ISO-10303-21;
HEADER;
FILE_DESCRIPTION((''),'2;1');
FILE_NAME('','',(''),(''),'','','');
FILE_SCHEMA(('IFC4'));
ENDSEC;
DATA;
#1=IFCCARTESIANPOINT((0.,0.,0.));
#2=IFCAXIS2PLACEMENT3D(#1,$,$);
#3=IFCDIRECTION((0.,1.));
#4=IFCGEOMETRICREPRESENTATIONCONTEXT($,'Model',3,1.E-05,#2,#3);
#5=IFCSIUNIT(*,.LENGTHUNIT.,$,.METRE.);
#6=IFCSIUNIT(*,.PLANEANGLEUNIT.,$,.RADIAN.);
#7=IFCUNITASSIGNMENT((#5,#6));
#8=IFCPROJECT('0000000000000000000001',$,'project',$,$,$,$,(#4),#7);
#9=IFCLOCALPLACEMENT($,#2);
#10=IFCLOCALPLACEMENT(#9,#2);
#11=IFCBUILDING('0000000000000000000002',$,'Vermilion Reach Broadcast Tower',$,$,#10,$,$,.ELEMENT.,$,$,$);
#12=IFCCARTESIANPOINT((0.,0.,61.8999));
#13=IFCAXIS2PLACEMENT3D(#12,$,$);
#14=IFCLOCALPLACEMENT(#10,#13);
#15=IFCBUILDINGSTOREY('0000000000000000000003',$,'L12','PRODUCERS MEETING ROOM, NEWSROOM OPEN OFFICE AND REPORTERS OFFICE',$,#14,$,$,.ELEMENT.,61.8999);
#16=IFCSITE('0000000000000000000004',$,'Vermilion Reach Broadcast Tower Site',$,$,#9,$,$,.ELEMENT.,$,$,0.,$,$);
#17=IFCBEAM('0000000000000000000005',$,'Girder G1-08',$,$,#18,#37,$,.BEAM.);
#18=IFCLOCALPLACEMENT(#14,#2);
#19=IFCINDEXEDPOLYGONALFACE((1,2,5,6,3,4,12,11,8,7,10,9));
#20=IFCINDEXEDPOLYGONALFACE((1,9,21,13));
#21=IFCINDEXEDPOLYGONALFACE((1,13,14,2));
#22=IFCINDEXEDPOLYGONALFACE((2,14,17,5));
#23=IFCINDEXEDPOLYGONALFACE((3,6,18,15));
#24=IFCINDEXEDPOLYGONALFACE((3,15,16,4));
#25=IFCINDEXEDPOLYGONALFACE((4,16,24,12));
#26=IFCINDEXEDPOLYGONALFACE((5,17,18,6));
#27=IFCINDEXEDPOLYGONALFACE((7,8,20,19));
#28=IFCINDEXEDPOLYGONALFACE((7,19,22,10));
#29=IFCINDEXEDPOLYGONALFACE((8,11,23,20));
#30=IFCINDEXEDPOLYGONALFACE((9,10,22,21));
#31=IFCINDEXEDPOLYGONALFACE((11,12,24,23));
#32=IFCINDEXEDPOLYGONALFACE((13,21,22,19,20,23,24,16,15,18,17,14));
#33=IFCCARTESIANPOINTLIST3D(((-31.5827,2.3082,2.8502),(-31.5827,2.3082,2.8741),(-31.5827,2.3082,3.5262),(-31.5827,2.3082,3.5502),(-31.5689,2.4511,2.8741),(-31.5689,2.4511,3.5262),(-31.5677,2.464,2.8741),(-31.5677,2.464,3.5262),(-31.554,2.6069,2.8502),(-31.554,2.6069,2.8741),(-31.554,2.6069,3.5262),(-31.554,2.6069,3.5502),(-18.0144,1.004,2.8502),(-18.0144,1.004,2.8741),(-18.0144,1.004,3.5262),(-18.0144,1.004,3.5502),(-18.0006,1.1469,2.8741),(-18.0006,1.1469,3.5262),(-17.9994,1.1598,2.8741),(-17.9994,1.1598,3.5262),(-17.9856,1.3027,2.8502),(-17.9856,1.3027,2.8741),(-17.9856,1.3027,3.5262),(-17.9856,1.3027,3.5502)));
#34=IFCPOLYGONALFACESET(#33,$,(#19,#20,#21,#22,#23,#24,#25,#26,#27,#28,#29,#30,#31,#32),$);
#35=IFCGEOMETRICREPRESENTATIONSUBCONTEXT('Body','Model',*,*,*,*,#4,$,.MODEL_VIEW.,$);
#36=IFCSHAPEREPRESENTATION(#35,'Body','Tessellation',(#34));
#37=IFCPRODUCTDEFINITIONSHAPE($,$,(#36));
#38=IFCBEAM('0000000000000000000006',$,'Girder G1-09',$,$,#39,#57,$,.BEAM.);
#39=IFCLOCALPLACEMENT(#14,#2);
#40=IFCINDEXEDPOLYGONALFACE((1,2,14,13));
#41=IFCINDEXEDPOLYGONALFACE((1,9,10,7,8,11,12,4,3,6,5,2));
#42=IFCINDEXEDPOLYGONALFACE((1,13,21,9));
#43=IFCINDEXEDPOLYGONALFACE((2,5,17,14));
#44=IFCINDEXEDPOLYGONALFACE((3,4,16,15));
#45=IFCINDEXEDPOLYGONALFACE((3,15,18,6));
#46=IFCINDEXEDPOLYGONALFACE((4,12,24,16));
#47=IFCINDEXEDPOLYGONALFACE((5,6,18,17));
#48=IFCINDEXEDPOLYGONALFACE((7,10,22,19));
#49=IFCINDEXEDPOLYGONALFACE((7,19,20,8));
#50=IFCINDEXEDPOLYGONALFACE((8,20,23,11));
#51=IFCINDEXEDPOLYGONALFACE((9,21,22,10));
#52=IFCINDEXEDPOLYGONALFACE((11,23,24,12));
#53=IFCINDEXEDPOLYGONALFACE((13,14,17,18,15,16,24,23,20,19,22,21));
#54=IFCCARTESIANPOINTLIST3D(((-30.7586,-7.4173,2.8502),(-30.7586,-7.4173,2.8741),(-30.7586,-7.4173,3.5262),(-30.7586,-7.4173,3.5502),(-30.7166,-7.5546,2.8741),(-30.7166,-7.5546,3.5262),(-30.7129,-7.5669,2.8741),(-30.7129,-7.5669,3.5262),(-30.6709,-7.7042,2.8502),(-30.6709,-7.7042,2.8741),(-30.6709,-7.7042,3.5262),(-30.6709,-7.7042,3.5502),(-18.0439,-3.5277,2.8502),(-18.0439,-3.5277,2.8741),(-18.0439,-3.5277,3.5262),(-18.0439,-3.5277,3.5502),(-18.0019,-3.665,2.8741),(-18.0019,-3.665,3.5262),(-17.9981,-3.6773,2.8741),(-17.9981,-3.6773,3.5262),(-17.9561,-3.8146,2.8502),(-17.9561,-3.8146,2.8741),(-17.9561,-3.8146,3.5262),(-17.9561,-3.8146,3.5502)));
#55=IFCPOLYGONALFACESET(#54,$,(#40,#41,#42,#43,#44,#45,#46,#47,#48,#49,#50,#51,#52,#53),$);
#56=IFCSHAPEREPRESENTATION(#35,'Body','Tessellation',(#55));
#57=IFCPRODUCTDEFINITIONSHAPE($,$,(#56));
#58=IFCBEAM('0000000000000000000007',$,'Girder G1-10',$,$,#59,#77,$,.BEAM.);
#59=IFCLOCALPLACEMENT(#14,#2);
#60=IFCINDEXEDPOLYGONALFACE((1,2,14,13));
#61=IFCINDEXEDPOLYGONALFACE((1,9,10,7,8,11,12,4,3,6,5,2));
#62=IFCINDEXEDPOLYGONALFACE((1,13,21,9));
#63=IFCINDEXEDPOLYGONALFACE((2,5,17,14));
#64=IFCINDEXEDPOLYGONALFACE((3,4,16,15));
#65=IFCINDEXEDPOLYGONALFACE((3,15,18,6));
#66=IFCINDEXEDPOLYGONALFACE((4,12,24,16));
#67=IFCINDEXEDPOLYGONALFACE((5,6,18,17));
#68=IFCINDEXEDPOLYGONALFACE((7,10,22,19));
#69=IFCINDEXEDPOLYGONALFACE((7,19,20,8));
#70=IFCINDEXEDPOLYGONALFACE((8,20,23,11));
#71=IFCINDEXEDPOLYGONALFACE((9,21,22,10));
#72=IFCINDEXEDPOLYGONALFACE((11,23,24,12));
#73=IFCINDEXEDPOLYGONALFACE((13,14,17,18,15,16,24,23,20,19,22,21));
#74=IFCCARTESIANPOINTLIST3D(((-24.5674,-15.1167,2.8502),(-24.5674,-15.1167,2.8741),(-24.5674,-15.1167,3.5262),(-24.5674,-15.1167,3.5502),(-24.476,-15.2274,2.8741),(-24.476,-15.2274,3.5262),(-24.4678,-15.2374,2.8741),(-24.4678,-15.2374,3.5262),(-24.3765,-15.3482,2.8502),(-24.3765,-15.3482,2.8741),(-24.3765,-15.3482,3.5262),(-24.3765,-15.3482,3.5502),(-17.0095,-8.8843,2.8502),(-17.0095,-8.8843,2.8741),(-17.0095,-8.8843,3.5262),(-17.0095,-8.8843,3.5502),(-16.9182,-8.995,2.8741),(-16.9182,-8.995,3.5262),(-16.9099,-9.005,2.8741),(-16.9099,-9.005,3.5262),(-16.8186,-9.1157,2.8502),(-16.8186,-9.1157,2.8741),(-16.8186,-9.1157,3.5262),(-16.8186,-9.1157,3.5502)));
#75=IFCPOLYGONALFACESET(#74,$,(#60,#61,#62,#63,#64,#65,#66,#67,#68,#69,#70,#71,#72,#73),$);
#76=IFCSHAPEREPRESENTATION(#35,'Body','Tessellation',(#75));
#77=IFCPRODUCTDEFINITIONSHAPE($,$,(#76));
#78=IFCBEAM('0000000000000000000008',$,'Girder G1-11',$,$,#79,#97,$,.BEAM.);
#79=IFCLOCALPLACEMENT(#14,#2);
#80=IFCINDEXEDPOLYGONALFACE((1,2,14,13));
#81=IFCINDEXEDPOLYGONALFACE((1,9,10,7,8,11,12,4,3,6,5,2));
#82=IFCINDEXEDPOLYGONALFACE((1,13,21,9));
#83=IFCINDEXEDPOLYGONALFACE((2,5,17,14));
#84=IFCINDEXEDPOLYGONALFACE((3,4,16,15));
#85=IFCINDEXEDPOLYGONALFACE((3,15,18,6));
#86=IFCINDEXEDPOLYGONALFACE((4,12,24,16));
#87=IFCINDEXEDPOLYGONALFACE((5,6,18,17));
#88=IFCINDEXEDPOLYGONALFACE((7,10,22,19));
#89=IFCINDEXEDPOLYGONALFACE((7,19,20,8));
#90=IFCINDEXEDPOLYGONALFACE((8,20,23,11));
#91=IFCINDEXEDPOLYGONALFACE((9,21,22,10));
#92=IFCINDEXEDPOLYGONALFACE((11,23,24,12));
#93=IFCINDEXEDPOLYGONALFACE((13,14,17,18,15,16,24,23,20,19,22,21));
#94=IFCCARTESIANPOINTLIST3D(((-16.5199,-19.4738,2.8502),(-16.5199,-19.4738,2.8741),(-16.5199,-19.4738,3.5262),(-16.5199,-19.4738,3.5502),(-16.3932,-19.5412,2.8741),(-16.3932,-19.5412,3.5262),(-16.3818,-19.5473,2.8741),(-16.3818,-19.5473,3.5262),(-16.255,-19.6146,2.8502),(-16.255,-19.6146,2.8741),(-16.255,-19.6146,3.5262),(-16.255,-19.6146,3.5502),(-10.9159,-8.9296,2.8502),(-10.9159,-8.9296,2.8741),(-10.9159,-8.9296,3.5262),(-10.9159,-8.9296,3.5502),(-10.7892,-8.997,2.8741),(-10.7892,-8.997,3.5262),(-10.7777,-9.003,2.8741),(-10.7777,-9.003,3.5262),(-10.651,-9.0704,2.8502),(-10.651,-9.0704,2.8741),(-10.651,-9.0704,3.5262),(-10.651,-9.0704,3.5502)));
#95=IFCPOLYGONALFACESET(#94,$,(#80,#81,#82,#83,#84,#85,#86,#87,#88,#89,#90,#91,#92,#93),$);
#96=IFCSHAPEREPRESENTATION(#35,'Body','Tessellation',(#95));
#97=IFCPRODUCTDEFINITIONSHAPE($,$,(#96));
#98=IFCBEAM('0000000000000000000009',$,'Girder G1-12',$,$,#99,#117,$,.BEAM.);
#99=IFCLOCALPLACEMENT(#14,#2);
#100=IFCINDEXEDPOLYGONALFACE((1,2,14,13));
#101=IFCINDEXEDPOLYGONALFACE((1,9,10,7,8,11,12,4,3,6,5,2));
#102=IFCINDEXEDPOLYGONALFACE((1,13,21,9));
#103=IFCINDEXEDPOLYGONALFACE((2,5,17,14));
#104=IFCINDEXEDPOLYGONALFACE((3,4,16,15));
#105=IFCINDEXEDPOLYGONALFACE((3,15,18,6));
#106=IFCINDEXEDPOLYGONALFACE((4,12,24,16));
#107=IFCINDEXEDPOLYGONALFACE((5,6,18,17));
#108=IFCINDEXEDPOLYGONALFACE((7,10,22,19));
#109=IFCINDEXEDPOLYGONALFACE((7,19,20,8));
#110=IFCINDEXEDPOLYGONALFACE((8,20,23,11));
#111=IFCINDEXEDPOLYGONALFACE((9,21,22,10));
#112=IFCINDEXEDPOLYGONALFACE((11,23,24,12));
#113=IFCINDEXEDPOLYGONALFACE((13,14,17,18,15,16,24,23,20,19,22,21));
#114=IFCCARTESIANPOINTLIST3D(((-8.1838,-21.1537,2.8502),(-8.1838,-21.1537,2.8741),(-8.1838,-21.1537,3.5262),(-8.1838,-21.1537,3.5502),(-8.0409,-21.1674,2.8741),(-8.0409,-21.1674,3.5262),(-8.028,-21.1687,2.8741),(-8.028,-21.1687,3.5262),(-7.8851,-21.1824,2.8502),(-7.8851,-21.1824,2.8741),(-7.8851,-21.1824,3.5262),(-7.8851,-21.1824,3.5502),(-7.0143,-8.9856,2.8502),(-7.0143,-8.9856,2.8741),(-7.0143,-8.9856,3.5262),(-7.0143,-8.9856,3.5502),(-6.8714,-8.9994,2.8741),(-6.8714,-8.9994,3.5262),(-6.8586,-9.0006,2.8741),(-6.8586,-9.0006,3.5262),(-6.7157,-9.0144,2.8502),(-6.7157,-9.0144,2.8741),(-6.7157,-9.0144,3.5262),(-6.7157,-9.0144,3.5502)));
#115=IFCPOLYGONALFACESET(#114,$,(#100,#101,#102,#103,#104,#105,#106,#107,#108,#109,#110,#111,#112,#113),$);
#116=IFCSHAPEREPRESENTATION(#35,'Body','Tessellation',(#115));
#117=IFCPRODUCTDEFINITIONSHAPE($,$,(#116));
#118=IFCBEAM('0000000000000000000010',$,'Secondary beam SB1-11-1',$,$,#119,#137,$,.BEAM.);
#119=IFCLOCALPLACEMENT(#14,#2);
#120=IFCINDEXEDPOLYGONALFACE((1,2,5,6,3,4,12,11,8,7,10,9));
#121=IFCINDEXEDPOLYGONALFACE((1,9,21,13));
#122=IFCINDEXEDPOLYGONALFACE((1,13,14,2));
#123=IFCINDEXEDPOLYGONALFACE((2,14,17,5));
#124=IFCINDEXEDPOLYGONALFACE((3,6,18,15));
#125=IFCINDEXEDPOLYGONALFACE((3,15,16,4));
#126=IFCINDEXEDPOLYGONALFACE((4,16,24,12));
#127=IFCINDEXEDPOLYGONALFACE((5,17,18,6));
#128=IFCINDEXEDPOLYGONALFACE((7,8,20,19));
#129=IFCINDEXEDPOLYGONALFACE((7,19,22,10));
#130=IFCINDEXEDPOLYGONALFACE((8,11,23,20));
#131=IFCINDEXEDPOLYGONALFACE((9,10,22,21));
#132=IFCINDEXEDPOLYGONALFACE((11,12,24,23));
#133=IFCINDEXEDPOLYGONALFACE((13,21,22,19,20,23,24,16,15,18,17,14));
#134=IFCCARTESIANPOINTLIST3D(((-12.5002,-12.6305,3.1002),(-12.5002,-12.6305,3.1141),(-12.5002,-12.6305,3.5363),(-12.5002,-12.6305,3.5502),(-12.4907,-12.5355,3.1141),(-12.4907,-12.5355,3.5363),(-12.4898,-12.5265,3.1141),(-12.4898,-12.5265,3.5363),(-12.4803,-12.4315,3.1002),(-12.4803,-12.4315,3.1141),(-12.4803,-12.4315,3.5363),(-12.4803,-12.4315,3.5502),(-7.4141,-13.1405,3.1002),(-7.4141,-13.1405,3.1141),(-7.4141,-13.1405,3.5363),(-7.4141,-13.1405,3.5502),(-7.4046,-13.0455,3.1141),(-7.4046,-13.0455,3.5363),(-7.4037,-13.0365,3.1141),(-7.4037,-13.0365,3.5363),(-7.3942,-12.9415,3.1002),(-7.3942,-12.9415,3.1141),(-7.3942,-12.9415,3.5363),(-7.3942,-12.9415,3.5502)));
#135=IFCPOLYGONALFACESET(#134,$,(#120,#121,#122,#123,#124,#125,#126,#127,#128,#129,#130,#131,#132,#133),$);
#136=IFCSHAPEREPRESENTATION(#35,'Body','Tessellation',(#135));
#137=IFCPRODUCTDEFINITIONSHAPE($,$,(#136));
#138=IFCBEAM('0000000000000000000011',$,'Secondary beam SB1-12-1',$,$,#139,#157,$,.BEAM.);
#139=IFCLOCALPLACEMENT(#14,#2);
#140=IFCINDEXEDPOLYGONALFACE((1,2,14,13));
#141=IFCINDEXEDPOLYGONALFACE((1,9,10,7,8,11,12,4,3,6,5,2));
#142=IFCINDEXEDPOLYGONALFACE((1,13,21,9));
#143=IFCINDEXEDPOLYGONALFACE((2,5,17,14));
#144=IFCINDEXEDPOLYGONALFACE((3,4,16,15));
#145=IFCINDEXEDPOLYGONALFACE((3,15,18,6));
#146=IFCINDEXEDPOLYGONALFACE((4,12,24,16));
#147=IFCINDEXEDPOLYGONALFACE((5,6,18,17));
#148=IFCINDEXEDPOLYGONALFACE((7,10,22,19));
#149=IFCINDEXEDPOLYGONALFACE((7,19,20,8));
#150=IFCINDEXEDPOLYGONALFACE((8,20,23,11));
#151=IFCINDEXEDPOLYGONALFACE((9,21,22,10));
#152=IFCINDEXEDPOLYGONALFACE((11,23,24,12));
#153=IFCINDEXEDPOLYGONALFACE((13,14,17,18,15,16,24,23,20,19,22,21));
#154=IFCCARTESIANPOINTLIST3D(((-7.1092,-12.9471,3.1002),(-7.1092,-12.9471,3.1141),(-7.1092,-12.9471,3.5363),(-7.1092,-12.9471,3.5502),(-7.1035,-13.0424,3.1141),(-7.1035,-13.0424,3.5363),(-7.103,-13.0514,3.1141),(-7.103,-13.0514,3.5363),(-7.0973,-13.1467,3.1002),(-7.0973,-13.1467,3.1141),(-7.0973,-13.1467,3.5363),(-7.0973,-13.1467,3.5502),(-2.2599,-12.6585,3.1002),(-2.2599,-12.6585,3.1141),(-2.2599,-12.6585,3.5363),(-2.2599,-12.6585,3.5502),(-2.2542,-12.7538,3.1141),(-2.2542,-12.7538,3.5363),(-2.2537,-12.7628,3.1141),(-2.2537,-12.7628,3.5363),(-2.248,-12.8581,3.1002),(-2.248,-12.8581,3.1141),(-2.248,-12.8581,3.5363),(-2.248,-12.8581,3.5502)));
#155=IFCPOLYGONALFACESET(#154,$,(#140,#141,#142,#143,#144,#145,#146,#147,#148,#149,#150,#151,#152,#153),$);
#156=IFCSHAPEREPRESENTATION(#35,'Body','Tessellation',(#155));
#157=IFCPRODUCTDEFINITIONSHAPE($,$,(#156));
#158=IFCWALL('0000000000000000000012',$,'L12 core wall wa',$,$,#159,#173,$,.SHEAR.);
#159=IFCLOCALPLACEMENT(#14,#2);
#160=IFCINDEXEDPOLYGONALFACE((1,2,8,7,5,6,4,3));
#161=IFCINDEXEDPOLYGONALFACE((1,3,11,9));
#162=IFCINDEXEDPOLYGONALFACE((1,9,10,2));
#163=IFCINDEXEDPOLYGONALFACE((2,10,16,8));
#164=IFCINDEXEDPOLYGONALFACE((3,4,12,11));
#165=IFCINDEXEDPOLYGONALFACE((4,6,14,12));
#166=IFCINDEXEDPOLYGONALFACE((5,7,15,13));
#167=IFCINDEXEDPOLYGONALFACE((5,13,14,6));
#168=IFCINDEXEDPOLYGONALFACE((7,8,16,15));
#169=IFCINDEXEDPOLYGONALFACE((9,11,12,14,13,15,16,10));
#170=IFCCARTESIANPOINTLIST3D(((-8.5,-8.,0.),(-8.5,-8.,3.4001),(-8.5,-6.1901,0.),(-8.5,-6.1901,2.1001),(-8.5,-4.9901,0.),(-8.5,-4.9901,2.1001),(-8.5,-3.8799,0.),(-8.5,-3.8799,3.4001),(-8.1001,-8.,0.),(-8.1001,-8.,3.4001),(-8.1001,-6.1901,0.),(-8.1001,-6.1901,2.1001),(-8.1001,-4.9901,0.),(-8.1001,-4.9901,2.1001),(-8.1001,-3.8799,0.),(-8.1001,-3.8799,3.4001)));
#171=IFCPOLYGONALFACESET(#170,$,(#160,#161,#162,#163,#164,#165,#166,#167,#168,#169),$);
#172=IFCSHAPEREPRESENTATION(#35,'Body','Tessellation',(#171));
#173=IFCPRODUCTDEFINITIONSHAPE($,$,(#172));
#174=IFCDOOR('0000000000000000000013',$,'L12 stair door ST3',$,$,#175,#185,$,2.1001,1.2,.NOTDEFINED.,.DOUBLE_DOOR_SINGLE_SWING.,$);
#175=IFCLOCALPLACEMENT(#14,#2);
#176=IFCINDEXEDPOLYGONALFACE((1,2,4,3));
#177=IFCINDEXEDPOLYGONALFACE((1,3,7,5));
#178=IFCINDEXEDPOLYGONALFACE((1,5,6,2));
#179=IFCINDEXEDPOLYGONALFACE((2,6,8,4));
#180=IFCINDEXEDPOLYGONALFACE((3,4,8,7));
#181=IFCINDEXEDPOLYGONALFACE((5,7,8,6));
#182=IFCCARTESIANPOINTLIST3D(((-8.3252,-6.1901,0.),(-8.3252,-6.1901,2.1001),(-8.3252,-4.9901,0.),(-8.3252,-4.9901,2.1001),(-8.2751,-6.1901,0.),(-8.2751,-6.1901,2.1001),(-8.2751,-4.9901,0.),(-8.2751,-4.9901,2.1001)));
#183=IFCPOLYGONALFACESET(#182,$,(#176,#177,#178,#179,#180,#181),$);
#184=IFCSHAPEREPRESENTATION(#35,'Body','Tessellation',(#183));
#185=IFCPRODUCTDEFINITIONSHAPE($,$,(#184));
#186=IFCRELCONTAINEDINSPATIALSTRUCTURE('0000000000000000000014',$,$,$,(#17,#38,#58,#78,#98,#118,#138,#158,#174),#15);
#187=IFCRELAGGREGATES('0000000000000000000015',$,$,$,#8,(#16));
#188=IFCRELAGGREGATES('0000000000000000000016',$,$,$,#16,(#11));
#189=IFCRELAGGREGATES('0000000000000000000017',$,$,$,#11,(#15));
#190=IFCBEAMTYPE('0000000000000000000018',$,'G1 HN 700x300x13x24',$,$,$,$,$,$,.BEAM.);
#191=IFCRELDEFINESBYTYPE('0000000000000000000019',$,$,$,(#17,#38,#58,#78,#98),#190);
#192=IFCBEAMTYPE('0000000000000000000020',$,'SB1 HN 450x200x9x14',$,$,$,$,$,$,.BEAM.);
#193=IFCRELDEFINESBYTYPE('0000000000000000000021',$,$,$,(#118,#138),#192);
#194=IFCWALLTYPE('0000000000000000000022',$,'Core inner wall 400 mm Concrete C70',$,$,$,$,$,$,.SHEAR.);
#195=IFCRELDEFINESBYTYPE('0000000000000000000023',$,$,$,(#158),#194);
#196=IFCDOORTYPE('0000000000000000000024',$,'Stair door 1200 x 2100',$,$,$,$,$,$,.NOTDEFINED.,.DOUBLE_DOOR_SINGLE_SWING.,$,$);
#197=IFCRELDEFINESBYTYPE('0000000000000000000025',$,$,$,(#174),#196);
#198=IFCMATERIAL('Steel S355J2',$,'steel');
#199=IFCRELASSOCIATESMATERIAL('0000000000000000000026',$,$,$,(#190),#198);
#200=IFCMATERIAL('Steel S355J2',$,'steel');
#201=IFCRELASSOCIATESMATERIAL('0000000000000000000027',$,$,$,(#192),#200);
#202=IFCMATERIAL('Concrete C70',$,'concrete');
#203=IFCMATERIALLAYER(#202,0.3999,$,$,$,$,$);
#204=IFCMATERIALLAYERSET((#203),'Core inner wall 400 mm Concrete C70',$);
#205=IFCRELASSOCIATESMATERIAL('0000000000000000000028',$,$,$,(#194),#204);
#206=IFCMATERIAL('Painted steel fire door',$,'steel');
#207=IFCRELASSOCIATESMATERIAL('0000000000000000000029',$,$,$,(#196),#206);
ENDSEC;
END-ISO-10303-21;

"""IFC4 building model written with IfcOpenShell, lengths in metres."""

from ifc_helpers import new_model, si_unit, direction, frame, frame_2d, origin, origin_2d, place, context, subcontext, project, spatial, rectangle, i_section, extrude, material, layer, layer_set, material_profile, profile_set, type_object, element, fill, save


model = new_model("IFC4")

# Units and contexts
model_context = context("Model", 3, precision=1e-05, world=origin(), true_north=direction((0.0, 1.0)))
body_context = subcontext(model_context, "Body", "Model", "MODEL_VIEW")
ifc_project = project(units=[si_unit("LENGTHUNIT", "METRE"), si_unit("PLANEANGLEUNIT", "RADIAN")], contexts=[model_context])

# Site, building, storey
site_placement = place(None, origin())
site = spatial("IfcSite", under=ifc_project, at=site_placement, Name="Vermilion Reach Broadcast Tower Site", CompositionType="ELEMENT", RefElevation=0.0)
building_placement = place(site_placement, origin())
building = spatial("IfcBuilding", under=site, at=building_placement, Name="Vermilion Reach Broadcast Tower", CompositionType="ELEMENT")
storey_placement = place(building_placement, frame((0.0, 0.0, 61.8999)))
storey = spatial("IfcBuildingStorey", under=building, at=storey_placement, Name="L12", Description="PRODUCERS MEETING ROOM, NEWSROOM OPEN OFFICE AND REPORTERS OFFICE", CompositionType="ELEMENT", Elevation=61.8999)

# Beams
ifc_material_1 = material(Name="Steel S355J2", Category="steel")
ifc_material_profile_1 = material_profile(ifc_material_1, i_section(OverallWidth=0.3, OverallDepth=0.7, WebThickness=0.0129, FlangeThickness=0.0239, at=origin_2d()), Name="S355J2 HN 700x300x13x24")
ifc_profile_set_1 = profile_set([ifc_material_profile_1], Name="Steel S355J2")
beam_type_1 = type_object("IfcBeamType", Name="G1 HN 700x300x13x24", PredefinedType="BEAM", material=ifc_profile_set_1)
beam_1_placement = place(storey_placement, frame((-18.0, 1.1533, 3.2002), z_axis=(-0.995412, 0.09568, 0.0), x_axis=(-0.09568, -0.995412, 0.0)))
element("IfcBeam", 1, at=beam_1_placement, inside=storey, type_object=beam_type_1, Name="Girder G1-08", PredefinedType="BEAM", context=body_context, shape_type="SweptSolid", body=[
    extrude(i_section(OverallWidth=0.3, OverallDepth=0.7, WebThickness=0.0129, FlangeThickness=0.0239, at=origin_2d()), origin(), (0.0, 0.0, 1.0), 13.6309),
])
beam_2_placement = place(storey_placement, frame((-18.0, -3.6711, 3.2002), z_axis=(-0.956256, -0.292532, 0.0), x_axis=(0.292532, -0.956256, 0.0)))
element("IfcBeam", 2, at=beam_2_placement, inside=storey, type_object=beam_type_1, Name="Girder G1-09", PredefinedType="BEAM", context=body_context, shape_type="SweptSolid", body=[
    extrude(i_section(OverallWidth=0.3, OverallDepth=0.7, WebThickness=0.0129, FlangeThickness=0.0239, at=origin_2d()), origin(), (0.0, 0.0, 1.0), 13.2964),
])
beam_3_placement = place(storey_placement, frame((-16.9141, -9.0, 3.2002), z_axis=(-0.771514, -0.636212, 0.0), x_axis=(0.636212, -0.771514, 0.0)))
element("IfcBeam", 3, at=beam_3_placement, inside=storey, type_object=beam_type_1, Name="Girder G1-10", PredefinedType="BEAM", context=body_context, shape_type="SweptSolid", body=[
    extrude(i_section(OverallWidth=0.3, OverallDepth=0.7, WebThickness=0.0129, FlangeThickness=0.0239, at=origin_2d()), origin(), (0.0, 0.0, 1.0), 9.7961),
])
beam_4_placement = place(storey_placement, frame((-10.7834, -9.0, 3.2002), z_axis=(-0.469312, -0.883032, 0.0), x_axis=(0.883032, -0.469312, 0.0)))
element("IfcBeam", 4, at=beam_4_placement, inside=storey, type_object=beam_type_1, Name="Girder G1-11", PredefinedType="BEAM", context=body_context, shape_type="SweptSolid", body=[
    extrude(i_section(OverallWidth=0.3, OverallDepth=0.7, WebThickness=0.0129, FlangeThickness=0.0239, at=origin_2d()), origin(), (0.0, 0.0, 1.0), 11.9409),
])
beam_5_placement = place(storey_placement, frame((-6.865, -9.0, 3.2002), z_axis=(-0.095667, -0.995413, 0.0), x_axis=(0.995413, -0.095667, 0.0)))
element("IfcBeam", 5, at=beam_5_placement, inside=storey, type_object=beam_type_1, Name="Girder G1-12", PredefinedType="BEAM", context=body_context, shape_type="SweptSolid", body=[
    extrude(i_section(OverallWidth=0.3, OverallDepth=0.7, WebThickness=0.0129, FlangeThickness=0.0239, at=origin_2d()), origin(), (0.0, 0.0, 1.0), 12.2241),
])
ifc_material_2 = material(Name="Steel S355J2", Category="steel")
ifc_material_profile_2 = material_profile(ifc_material_2, i_section(OverallWidth=0.2, OverallDepth=0.45, WebThickness=0.009, FlangeThickness=0.0139, at=origin_2d()), Name="S355J2 HN 450x200x9x14")
ifc_profile_set_2 = profile_set([ifc_material_profile_2], Name="Steel S355J2")
beam_type_2 = type_object("IfcBeamType", Name="SB1 HN 450x200x9x14", PredefinedType="BEAM", material=ifc_profile_set_2)
beam_6_placement = place(storey_placement, frame((-12.4902, -12.531, 3.3252), z_axis=(0.99501, -0.099773, 0.0), x_axis=(0.099773, 0.99501, 0.0)))
element("IfcBeam", 6, at=beam_6_placement, inside=storey, type_object=beam_type_2, Name="Secondary beam SB1-11-1", PredefinedType="BEAM", context=body_context, shape_type="SweptSolid", body=[
    extrude(i_section(OverallWidth=0.2, OverallDepth=0.45, WebThickness=0.009, FlangeThickness=0.0139, at=origin_2d()), origin(), (0.0, 0.0, 1.0), 5.1116),
])
beam_7_placement = place(storey_placement, frame((-7.1033, -13.0469, 3.3252), z_axis=(0.998234, 0.059403, 0.0), x_axis=(-0.059403, 0.998234, 0.0)))
element("IfcBeam", 7, at=beam_7_placement, inside=storey, type_object=beam_type_2, Name="Secondary beam SB1-12-1", PredefinedType="BEAM", context=body_context, shape_type="SweptSolid", body=[
    extrude(i_section(OverallWidth=0.2, OverallDepth=0.45, WebThickness=0.009, FlangeThickness=0.0139, at=origin_2d()), origin(), (0.0, 0.0, 1.0), 4.8579),
])

# Wall, opening, door
ifc_material_3 = material(Name="Concrete C70", Category="concrete")
ifc_layer_1 = layer(ifc_material_3, 0.3999)
ifc_layer_set_1 = layer_set([ifc_layer_1], Name="Core inner wall 400 mm Concrete C70")
wall_type_1 = type_object("IfcWallType", Name="Core inner wall 400 mm Concrete C70", PredefinedType="SHEAR", material=ifc_layer_set_1)
wall_1_placement = place(storey_placement, frame((-8.3, -3.8799, 0.0), z_axis=(0.0, 0.0, 1.0), x_axis=(0.0, -1.0, 0.0)))
wall_1 = element("IfcWall", 8, at=wall_1_placement, inside=storey, type_object=wall_type_1, Name="L12 core wall wa", PredefinedType="SHEAR", context=body_context, shape_type="SweptSolid", body=[
    extrude(rectangle(XDim=4.1201, YDim=0.3999, at=frame_2d((2.0601, 0.0))), origin(), (0.0, 0.0, 1.0), 3.4001),
])
opening_1_placement = place(wall_1_placement, frame((1.1101, 0.0, 0.0)))
opening_1 = element("IfcOpeningElement", 9, at=opening_1_placement, cuts=wall_1, PredefinedType="OPENING", context=body_context, shape_type="SweptSolid", body=[
    extrude(rectangle(XDim=1.2, YDim=2.1001, at=frame_2d((0.6001, 1.05))), frame((0.0, 0.21, 0.0), z_axis=(0.0, -1.0, 0.0), x_axis=(1.0, 0.0, 0.0)), (0.0, 0.0, 1.0), 0.4199),
])
ifc_material_4 = material(Name="Painted steel fire door", Category="steel")
door_type_1 = type_object("IfcDoorType", Name="Stair door 1200 x 2100", OperationType="DOUBLE_DOOR_SINGLE_SWING", PredefinedType="NOTDEFINED", material=ifc_material_4)
door_1_placement = place(opening_1_placement, origin())
door_1 = element("IfcDoor", 10, at=door_1_placement, inside=storey, type_object=door_type_1, Name="L12 stair door ST3", OperationType="DOUBLE_DOOR_SINGLE_SWING", OverallHeight=2.1001, OverallWidth=1.2, PredefinedType="NOTDEFINED", context=body_context, shape_type="SweptSolid", body=[
    extrude(rectangle(XDim=1.2, YDim=2.1001, at=frame_2d((0.6001, 1.05))), frame((0.0, 0.0249, 0.0), z_axis=(0.0, -1.0, 0.0), x_axis=(1.0, 0.0, 0.0)), (0.0, 0.0, 1.0), 0.05),
])
fill(opening_1, door_1)

save(model, "model.ifc")
